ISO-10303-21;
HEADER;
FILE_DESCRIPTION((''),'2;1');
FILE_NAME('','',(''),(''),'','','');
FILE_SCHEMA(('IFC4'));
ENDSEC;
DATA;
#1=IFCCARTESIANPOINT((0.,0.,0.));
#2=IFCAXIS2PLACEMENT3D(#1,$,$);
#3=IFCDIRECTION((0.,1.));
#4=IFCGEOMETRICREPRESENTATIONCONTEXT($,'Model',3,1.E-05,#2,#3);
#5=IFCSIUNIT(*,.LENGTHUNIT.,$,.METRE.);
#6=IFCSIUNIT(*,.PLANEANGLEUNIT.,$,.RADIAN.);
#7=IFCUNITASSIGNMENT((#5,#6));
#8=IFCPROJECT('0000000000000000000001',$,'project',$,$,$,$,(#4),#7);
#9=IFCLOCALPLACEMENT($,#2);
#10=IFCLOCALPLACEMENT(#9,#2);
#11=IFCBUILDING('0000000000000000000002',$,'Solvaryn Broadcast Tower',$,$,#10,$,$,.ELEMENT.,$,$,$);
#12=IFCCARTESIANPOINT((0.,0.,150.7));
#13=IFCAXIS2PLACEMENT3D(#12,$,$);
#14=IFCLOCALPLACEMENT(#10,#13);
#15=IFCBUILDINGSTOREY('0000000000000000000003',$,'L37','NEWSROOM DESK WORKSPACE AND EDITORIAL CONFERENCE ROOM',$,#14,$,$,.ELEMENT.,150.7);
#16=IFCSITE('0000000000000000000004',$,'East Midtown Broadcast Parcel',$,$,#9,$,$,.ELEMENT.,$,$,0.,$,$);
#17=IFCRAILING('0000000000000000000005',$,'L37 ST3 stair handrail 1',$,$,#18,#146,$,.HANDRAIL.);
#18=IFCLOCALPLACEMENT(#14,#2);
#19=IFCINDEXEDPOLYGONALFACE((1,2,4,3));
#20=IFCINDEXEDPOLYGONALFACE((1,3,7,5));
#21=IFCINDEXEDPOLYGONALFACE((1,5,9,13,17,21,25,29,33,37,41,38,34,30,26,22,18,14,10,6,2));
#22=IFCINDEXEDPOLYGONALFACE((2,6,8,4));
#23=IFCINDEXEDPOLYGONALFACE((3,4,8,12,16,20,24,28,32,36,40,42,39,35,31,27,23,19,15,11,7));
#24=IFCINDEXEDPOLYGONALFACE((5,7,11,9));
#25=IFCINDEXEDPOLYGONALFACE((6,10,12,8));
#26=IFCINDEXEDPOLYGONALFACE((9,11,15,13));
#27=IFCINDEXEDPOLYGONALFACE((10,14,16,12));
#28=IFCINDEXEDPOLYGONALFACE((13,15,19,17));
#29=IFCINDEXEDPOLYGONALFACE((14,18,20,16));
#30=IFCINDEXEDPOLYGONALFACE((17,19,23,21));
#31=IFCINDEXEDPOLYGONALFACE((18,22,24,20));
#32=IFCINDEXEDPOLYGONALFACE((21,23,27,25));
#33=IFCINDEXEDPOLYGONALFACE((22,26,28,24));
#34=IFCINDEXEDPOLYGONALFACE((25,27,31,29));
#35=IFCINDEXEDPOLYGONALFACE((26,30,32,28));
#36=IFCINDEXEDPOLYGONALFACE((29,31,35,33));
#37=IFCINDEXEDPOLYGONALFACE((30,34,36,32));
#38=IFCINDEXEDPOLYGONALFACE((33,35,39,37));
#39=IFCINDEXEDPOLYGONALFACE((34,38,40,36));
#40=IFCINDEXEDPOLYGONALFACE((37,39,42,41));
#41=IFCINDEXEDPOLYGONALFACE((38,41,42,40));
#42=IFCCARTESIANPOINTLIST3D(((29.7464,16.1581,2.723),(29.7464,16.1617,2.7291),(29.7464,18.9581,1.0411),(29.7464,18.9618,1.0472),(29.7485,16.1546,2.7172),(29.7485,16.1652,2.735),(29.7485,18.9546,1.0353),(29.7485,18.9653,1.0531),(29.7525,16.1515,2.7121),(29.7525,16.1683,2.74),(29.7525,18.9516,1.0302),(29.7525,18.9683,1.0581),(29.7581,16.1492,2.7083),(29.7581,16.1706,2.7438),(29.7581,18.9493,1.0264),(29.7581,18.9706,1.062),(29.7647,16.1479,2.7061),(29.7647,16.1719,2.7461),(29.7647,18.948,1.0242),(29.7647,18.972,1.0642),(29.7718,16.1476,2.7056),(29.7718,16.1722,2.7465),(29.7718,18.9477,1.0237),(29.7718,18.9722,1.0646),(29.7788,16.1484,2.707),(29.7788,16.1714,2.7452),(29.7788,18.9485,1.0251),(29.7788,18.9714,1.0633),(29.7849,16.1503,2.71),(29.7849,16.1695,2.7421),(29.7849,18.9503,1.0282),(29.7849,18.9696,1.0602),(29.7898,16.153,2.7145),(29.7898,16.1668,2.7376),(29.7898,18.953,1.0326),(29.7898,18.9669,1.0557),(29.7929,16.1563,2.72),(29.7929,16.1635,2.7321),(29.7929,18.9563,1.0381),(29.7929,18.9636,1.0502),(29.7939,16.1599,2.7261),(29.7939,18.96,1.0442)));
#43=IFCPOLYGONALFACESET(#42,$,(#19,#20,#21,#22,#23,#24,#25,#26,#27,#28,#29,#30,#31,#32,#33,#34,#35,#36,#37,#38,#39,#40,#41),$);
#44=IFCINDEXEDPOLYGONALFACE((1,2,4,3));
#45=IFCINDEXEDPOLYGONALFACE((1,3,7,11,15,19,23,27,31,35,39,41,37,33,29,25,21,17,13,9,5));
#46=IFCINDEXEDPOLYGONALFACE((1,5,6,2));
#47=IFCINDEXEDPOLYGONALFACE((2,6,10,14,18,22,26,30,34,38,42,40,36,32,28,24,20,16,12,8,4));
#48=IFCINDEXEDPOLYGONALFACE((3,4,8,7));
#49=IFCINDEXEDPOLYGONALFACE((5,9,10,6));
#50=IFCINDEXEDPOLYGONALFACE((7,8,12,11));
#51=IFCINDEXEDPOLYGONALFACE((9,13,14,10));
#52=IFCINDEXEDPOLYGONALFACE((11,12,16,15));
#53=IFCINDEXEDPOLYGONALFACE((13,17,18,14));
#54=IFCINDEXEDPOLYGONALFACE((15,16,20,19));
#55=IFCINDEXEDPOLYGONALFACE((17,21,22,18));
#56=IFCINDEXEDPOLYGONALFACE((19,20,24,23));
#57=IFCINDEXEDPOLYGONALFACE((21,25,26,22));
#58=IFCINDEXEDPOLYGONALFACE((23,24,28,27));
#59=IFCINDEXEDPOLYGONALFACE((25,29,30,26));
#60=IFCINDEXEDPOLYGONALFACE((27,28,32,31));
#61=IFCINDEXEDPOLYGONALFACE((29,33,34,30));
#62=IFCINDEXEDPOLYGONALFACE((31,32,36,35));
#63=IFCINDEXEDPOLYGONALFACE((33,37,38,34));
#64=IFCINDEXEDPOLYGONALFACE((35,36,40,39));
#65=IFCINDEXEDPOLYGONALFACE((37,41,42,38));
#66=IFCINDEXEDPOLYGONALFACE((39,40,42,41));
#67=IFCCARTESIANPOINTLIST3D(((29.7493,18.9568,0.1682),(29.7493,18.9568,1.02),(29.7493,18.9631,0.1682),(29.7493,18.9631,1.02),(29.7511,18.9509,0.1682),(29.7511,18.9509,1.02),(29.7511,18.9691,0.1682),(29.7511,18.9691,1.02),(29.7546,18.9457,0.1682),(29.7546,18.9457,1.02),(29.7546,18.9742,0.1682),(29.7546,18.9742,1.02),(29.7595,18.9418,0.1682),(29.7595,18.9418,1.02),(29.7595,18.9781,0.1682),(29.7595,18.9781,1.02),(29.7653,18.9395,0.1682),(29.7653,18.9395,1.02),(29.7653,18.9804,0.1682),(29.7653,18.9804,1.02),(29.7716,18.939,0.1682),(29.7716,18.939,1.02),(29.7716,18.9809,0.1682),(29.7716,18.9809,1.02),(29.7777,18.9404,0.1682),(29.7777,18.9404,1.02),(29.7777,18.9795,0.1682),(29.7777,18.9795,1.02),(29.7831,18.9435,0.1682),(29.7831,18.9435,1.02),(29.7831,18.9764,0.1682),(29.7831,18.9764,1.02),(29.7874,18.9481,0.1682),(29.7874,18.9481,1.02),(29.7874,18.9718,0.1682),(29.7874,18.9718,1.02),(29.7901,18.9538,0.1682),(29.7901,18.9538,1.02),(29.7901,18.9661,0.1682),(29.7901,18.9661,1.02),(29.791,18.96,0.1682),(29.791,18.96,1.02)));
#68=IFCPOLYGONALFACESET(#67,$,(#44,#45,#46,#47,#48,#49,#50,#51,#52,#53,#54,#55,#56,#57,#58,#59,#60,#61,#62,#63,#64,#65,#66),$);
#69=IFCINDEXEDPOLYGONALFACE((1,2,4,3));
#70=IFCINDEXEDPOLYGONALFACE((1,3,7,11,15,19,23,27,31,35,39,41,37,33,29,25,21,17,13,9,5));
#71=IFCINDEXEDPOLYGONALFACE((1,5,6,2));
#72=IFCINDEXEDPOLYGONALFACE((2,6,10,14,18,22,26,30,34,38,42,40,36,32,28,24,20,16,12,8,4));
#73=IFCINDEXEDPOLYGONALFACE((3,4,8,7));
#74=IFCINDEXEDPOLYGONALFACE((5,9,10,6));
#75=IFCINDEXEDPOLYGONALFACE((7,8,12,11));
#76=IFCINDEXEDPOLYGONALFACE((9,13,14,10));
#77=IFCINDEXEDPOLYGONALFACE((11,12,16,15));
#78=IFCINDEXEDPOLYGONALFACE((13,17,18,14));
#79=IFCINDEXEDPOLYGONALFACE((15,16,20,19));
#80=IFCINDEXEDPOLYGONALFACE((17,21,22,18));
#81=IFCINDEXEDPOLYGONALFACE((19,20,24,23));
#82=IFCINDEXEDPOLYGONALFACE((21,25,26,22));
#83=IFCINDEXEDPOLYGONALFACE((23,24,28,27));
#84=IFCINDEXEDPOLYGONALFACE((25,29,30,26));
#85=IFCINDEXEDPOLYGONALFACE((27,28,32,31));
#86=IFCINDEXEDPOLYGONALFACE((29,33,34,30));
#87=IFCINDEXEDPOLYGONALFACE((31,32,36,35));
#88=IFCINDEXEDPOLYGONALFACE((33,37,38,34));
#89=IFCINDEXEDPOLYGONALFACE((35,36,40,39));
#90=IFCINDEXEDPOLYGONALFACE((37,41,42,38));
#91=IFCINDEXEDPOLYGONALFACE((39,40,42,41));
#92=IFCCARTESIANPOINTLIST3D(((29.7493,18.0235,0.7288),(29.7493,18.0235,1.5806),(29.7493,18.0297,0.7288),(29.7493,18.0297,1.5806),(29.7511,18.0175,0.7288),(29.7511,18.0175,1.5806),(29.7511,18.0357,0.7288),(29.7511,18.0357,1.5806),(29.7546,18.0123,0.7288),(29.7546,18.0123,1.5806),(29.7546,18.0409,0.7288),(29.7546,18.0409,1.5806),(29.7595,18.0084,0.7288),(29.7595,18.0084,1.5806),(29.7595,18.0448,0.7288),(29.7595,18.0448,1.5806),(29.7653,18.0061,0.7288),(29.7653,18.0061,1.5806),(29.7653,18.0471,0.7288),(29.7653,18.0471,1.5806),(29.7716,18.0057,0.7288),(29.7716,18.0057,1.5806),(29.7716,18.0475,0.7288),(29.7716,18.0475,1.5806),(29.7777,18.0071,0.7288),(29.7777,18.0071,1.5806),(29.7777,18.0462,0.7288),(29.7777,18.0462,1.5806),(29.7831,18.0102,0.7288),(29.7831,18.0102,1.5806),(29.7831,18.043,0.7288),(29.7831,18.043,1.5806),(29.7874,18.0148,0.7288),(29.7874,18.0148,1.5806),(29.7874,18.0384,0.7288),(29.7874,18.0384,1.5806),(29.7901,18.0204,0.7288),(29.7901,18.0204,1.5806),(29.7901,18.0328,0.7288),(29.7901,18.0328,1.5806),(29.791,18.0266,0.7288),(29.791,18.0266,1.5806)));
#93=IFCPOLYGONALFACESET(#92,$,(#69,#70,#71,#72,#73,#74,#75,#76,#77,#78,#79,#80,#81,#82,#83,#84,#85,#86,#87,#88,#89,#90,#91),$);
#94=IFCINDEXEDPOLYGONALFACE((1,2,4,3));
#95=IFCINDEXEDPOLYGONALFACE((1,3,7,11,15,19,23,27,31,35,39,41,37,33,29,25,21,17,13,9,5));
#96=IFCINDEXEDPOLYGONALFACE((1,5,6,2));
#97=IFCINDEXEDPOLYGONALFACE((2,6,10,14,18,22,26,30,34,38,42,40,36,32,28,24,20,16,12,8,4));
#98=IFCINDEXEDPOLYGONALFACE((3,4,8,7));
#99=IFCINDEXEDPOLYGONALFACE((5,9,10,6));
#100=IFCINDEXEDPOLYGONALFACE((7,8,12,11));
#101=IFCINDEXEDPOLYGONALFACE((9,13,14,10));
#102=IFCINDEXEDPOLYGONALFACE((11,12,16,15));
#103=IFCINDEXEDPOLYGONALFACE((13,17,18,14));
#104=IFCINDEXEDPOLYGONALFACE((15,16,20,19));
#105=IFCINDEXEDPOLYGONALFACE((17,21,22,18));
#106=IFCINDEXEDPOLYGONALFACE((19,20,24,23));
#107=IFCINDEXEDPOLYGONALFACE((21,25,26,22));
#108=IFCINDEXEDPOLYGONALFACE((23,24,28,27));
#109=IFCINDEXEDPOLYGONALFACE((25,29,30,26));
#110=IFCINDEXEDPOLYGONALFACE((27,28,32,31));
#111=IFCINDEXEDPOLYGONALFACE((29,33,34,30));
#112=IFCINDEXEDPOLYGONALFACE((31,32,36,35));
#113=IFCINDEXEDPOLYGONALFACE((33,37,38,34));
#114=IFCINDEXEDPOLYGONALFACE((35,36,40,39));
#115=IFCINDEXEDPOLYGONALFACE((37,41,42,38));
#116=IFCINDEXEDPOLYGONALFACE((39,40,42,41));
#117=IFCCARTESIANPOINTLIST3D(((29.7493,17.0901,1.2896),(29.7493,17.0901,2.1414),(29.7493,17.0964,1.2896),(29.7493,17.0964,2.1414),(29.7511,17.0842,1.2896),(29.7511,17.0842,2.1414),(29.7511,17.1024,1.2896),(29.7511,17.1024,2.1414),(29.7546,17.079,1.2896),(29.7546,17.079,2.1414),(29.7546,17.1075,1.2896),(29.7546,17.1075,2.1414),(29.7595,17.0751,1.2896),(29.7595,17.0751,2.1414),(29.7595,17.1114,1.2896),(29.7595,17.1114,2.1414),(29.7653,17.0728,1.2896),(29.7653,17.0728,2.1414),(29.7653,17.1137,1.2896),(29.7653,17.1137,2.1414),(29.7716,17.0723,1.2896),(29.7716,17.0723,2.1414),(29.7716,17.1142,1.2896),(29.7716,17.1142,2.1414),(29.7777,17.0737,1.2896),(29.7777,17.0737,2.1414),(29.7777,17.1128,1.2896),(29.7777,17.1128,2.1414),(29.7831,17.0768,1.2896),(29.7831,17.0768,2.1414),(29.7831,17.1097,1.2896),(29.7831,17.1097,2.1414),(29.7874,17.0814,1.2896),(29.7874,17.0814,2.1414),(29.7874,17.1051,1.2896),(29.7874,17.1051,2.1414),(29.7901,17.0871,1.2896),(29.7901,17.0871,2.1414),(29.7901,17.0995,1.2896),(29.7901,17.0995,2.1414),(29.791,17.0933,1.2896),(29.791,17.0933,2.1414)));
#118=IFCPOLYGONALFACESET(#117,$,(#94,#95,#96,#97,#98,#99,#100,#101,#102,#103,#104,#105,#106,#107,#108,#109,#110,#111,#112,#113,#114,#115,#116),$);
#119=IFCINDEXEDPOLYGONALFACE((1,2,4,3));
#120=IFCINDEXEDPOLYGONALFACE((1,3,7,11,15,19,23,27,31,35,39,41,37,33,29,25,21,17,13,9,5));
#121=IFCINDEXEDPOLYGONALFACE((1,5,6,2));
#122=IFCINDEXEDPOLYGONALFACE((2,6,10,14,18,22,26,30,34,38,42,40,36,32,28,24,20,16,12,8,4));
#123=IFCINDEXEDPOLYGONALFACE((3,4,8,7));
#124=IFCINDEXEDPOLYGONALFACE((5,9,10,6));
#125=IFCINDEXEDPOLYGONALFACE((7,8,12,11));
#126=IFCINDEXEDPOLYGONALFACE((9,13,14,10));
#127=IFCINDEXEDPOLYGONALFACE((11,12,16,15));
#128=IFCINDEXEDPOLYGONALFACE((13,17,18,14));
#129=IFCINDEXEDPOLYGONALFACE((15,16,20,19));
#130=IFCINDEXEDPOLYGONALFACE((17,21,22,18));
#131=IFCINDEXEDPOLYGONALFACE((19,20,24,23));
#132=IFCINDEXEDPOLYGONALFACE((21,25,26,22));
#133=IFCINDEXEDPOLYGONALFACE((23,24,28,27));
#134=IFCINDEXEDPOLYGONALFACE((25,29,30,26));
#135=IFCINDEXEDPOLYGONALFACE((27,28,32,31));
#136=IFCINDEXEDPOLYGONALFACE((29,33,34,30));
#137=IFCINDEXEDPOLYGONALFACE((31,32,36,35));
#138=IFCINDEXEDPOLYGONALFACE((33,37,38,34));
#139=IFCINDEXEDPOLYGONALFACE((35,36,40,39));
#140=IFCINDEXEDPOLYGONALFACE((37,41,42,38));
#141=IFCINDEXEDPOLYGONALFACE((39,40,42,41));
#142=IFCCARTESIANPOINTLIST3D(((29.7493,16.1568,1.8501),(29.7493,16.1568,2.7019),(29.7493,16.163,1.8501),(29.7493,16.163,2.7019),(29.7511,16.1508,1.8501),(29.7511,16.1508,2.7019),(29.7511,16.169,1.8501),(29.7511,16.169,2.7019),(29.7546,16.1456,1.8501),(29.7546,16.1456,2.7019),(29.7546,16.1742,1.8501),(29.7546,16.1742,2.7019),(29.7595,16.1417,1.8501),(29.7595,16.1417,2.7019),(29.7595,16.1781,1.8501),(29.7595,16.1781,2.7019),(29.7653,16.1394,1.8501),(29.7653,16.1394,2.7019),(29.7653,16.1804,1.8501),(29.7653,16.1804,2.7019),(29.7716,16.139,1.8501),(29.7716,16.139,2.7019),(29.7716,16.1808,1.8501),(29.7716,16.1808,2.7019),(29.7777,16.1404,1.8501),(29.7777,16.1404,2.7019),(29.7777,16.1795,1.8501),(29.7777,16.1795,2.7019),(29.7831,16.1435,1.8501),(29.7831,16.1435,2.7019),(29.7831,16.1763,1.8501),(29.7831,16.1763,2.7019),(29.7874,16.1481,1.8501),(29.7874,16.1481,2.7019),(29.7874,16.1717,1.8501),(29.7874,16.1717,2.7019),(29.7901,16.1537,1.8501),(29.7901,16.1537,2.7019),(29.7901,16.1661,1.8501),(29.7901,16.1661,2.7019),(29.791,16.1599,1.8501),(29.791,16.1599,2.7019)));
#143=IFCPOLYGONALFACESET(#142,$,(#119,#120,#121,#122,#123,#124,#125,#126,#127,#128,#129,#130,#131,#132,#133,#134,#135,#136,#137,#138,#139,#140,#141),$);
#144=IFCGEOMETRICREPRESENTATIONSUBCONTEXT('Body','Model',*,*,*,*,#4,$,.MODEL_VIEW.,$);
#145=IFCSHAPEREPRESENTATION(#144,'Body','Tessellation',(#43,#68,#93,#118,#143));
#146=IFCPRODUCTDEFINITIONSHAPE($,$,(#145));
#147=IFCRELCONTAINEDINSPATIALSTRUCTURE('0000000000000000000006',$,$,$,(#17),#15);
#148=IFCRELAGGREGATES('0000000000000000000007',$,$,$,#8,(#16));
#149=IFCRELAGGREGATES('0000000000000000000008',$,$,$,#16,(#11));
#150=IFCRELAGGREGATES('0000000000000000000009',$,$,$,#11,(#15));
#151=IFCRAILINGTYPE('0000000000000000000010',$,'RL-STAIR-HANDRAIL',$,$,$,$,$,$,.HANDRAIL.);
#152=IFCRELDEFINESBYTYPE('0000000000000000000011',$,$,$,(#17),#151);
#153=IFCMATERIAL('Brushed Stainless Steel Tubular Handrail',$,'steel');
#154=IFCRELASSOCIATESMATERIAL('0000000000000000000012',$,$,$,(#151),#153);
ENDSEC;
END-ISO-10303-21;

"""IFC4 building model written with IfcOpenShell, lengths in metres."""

from ifc_helpers import new_model, si_unit, direction, frame, origin, origin_2d, place, context, subcontext, project, spatial, circle, extrude, material, type_object, element, save


model = new_model("IFC4")

# Units and contexts
model_context = context("Model", 3, precision=1e-05, world=origin(), true_north=direction((0.0, 1.0)))
body_context = subcontext(model_context, "Body", "Model", "MODEL_VIEW")
ifc_project = project(units=[si_unit("LENGTHUNIT", "METRE"), si_unit("PLANEANGLEUNIT", "RADIAN")], contexts=[model_context])

# Site, building, storey
site_placement = place(None, origin())
site = spatial("IfcSite", under=ifc_project, at=site_placement, Name="East Midtown Broadcast Parcel", CompositionType="ELEMENT", RefElevation=0.0)
building_placement = place(site_placement, origin())
building = spatial("IfcBuilding", under=site, at=building_placement, Name="Solvaryn Broadcast Tower", CompositionType="ELEMENT")
storey_placement = place(building_placement, frame((0.0, 0.0, 150.7)))
storey = spatial("IfcBuildingStorey", under=building, at=storey_placement, Name="L37", Description="NEWSROOM DESK WORKSPACE AND EDITORIAL CONFERENCE ROOM", CompositionType="ELEMENT", Elevation=150.7)

# Railing
ifc_material_1 = material(Name="Brushed Stainless Steel Tubular Handrail", Category="steel")
railing_type_1 = type_object("IfcRailingType", Name="RL-STAIR-HANDRAIL", PredefinedType="HANDRAIL", material=ifc_material_1)
railing_1_placement = place(storey_placement, frame((29.77, 18.96, 0.1682)))
element("IfcRailing", 1, at=railing_1_placement, inside=storey, type_object=railing_type_1, Name="L37 ST3 stair handrail 1", PredefinedType="HANDRAIL", context=body_context, shape_type="SweptSolid", body=[
    extrude(circle(Radius=0.0239, at=origin_2d()), frame((0.0, 0.0, 0.876), z_axis=(0.0, -0.857242, 0.514913), x_axis=(1.0, 0.0, 0.0)), (0.0, 0.0, 1.0), 3.2664),
    extrude(circle(Radius=0.021, at=origin_2d()), origin(), (0.0, 0.0, 1.0), 0.8518),
    extrude(circle(Radius=0.021, at=origin_2d()), frame((0.0, -0.9333, 0.5605)), (0.0, 0.0, 1.0), 0.8518),
    extrude(circle(Radius=0.021, at=origin_2d()), frame((0.0, -1.8667, 1.1213)), (0.0, 0.0, 1.0), 0.8518),
    extrude(circle(Radius=0.021, at=origin_2d()), frame((0.0, -2.8, 1.6819)), (0.0, 0.0, 1.0), 0.8518),
])

save(model, "model.ifc")
